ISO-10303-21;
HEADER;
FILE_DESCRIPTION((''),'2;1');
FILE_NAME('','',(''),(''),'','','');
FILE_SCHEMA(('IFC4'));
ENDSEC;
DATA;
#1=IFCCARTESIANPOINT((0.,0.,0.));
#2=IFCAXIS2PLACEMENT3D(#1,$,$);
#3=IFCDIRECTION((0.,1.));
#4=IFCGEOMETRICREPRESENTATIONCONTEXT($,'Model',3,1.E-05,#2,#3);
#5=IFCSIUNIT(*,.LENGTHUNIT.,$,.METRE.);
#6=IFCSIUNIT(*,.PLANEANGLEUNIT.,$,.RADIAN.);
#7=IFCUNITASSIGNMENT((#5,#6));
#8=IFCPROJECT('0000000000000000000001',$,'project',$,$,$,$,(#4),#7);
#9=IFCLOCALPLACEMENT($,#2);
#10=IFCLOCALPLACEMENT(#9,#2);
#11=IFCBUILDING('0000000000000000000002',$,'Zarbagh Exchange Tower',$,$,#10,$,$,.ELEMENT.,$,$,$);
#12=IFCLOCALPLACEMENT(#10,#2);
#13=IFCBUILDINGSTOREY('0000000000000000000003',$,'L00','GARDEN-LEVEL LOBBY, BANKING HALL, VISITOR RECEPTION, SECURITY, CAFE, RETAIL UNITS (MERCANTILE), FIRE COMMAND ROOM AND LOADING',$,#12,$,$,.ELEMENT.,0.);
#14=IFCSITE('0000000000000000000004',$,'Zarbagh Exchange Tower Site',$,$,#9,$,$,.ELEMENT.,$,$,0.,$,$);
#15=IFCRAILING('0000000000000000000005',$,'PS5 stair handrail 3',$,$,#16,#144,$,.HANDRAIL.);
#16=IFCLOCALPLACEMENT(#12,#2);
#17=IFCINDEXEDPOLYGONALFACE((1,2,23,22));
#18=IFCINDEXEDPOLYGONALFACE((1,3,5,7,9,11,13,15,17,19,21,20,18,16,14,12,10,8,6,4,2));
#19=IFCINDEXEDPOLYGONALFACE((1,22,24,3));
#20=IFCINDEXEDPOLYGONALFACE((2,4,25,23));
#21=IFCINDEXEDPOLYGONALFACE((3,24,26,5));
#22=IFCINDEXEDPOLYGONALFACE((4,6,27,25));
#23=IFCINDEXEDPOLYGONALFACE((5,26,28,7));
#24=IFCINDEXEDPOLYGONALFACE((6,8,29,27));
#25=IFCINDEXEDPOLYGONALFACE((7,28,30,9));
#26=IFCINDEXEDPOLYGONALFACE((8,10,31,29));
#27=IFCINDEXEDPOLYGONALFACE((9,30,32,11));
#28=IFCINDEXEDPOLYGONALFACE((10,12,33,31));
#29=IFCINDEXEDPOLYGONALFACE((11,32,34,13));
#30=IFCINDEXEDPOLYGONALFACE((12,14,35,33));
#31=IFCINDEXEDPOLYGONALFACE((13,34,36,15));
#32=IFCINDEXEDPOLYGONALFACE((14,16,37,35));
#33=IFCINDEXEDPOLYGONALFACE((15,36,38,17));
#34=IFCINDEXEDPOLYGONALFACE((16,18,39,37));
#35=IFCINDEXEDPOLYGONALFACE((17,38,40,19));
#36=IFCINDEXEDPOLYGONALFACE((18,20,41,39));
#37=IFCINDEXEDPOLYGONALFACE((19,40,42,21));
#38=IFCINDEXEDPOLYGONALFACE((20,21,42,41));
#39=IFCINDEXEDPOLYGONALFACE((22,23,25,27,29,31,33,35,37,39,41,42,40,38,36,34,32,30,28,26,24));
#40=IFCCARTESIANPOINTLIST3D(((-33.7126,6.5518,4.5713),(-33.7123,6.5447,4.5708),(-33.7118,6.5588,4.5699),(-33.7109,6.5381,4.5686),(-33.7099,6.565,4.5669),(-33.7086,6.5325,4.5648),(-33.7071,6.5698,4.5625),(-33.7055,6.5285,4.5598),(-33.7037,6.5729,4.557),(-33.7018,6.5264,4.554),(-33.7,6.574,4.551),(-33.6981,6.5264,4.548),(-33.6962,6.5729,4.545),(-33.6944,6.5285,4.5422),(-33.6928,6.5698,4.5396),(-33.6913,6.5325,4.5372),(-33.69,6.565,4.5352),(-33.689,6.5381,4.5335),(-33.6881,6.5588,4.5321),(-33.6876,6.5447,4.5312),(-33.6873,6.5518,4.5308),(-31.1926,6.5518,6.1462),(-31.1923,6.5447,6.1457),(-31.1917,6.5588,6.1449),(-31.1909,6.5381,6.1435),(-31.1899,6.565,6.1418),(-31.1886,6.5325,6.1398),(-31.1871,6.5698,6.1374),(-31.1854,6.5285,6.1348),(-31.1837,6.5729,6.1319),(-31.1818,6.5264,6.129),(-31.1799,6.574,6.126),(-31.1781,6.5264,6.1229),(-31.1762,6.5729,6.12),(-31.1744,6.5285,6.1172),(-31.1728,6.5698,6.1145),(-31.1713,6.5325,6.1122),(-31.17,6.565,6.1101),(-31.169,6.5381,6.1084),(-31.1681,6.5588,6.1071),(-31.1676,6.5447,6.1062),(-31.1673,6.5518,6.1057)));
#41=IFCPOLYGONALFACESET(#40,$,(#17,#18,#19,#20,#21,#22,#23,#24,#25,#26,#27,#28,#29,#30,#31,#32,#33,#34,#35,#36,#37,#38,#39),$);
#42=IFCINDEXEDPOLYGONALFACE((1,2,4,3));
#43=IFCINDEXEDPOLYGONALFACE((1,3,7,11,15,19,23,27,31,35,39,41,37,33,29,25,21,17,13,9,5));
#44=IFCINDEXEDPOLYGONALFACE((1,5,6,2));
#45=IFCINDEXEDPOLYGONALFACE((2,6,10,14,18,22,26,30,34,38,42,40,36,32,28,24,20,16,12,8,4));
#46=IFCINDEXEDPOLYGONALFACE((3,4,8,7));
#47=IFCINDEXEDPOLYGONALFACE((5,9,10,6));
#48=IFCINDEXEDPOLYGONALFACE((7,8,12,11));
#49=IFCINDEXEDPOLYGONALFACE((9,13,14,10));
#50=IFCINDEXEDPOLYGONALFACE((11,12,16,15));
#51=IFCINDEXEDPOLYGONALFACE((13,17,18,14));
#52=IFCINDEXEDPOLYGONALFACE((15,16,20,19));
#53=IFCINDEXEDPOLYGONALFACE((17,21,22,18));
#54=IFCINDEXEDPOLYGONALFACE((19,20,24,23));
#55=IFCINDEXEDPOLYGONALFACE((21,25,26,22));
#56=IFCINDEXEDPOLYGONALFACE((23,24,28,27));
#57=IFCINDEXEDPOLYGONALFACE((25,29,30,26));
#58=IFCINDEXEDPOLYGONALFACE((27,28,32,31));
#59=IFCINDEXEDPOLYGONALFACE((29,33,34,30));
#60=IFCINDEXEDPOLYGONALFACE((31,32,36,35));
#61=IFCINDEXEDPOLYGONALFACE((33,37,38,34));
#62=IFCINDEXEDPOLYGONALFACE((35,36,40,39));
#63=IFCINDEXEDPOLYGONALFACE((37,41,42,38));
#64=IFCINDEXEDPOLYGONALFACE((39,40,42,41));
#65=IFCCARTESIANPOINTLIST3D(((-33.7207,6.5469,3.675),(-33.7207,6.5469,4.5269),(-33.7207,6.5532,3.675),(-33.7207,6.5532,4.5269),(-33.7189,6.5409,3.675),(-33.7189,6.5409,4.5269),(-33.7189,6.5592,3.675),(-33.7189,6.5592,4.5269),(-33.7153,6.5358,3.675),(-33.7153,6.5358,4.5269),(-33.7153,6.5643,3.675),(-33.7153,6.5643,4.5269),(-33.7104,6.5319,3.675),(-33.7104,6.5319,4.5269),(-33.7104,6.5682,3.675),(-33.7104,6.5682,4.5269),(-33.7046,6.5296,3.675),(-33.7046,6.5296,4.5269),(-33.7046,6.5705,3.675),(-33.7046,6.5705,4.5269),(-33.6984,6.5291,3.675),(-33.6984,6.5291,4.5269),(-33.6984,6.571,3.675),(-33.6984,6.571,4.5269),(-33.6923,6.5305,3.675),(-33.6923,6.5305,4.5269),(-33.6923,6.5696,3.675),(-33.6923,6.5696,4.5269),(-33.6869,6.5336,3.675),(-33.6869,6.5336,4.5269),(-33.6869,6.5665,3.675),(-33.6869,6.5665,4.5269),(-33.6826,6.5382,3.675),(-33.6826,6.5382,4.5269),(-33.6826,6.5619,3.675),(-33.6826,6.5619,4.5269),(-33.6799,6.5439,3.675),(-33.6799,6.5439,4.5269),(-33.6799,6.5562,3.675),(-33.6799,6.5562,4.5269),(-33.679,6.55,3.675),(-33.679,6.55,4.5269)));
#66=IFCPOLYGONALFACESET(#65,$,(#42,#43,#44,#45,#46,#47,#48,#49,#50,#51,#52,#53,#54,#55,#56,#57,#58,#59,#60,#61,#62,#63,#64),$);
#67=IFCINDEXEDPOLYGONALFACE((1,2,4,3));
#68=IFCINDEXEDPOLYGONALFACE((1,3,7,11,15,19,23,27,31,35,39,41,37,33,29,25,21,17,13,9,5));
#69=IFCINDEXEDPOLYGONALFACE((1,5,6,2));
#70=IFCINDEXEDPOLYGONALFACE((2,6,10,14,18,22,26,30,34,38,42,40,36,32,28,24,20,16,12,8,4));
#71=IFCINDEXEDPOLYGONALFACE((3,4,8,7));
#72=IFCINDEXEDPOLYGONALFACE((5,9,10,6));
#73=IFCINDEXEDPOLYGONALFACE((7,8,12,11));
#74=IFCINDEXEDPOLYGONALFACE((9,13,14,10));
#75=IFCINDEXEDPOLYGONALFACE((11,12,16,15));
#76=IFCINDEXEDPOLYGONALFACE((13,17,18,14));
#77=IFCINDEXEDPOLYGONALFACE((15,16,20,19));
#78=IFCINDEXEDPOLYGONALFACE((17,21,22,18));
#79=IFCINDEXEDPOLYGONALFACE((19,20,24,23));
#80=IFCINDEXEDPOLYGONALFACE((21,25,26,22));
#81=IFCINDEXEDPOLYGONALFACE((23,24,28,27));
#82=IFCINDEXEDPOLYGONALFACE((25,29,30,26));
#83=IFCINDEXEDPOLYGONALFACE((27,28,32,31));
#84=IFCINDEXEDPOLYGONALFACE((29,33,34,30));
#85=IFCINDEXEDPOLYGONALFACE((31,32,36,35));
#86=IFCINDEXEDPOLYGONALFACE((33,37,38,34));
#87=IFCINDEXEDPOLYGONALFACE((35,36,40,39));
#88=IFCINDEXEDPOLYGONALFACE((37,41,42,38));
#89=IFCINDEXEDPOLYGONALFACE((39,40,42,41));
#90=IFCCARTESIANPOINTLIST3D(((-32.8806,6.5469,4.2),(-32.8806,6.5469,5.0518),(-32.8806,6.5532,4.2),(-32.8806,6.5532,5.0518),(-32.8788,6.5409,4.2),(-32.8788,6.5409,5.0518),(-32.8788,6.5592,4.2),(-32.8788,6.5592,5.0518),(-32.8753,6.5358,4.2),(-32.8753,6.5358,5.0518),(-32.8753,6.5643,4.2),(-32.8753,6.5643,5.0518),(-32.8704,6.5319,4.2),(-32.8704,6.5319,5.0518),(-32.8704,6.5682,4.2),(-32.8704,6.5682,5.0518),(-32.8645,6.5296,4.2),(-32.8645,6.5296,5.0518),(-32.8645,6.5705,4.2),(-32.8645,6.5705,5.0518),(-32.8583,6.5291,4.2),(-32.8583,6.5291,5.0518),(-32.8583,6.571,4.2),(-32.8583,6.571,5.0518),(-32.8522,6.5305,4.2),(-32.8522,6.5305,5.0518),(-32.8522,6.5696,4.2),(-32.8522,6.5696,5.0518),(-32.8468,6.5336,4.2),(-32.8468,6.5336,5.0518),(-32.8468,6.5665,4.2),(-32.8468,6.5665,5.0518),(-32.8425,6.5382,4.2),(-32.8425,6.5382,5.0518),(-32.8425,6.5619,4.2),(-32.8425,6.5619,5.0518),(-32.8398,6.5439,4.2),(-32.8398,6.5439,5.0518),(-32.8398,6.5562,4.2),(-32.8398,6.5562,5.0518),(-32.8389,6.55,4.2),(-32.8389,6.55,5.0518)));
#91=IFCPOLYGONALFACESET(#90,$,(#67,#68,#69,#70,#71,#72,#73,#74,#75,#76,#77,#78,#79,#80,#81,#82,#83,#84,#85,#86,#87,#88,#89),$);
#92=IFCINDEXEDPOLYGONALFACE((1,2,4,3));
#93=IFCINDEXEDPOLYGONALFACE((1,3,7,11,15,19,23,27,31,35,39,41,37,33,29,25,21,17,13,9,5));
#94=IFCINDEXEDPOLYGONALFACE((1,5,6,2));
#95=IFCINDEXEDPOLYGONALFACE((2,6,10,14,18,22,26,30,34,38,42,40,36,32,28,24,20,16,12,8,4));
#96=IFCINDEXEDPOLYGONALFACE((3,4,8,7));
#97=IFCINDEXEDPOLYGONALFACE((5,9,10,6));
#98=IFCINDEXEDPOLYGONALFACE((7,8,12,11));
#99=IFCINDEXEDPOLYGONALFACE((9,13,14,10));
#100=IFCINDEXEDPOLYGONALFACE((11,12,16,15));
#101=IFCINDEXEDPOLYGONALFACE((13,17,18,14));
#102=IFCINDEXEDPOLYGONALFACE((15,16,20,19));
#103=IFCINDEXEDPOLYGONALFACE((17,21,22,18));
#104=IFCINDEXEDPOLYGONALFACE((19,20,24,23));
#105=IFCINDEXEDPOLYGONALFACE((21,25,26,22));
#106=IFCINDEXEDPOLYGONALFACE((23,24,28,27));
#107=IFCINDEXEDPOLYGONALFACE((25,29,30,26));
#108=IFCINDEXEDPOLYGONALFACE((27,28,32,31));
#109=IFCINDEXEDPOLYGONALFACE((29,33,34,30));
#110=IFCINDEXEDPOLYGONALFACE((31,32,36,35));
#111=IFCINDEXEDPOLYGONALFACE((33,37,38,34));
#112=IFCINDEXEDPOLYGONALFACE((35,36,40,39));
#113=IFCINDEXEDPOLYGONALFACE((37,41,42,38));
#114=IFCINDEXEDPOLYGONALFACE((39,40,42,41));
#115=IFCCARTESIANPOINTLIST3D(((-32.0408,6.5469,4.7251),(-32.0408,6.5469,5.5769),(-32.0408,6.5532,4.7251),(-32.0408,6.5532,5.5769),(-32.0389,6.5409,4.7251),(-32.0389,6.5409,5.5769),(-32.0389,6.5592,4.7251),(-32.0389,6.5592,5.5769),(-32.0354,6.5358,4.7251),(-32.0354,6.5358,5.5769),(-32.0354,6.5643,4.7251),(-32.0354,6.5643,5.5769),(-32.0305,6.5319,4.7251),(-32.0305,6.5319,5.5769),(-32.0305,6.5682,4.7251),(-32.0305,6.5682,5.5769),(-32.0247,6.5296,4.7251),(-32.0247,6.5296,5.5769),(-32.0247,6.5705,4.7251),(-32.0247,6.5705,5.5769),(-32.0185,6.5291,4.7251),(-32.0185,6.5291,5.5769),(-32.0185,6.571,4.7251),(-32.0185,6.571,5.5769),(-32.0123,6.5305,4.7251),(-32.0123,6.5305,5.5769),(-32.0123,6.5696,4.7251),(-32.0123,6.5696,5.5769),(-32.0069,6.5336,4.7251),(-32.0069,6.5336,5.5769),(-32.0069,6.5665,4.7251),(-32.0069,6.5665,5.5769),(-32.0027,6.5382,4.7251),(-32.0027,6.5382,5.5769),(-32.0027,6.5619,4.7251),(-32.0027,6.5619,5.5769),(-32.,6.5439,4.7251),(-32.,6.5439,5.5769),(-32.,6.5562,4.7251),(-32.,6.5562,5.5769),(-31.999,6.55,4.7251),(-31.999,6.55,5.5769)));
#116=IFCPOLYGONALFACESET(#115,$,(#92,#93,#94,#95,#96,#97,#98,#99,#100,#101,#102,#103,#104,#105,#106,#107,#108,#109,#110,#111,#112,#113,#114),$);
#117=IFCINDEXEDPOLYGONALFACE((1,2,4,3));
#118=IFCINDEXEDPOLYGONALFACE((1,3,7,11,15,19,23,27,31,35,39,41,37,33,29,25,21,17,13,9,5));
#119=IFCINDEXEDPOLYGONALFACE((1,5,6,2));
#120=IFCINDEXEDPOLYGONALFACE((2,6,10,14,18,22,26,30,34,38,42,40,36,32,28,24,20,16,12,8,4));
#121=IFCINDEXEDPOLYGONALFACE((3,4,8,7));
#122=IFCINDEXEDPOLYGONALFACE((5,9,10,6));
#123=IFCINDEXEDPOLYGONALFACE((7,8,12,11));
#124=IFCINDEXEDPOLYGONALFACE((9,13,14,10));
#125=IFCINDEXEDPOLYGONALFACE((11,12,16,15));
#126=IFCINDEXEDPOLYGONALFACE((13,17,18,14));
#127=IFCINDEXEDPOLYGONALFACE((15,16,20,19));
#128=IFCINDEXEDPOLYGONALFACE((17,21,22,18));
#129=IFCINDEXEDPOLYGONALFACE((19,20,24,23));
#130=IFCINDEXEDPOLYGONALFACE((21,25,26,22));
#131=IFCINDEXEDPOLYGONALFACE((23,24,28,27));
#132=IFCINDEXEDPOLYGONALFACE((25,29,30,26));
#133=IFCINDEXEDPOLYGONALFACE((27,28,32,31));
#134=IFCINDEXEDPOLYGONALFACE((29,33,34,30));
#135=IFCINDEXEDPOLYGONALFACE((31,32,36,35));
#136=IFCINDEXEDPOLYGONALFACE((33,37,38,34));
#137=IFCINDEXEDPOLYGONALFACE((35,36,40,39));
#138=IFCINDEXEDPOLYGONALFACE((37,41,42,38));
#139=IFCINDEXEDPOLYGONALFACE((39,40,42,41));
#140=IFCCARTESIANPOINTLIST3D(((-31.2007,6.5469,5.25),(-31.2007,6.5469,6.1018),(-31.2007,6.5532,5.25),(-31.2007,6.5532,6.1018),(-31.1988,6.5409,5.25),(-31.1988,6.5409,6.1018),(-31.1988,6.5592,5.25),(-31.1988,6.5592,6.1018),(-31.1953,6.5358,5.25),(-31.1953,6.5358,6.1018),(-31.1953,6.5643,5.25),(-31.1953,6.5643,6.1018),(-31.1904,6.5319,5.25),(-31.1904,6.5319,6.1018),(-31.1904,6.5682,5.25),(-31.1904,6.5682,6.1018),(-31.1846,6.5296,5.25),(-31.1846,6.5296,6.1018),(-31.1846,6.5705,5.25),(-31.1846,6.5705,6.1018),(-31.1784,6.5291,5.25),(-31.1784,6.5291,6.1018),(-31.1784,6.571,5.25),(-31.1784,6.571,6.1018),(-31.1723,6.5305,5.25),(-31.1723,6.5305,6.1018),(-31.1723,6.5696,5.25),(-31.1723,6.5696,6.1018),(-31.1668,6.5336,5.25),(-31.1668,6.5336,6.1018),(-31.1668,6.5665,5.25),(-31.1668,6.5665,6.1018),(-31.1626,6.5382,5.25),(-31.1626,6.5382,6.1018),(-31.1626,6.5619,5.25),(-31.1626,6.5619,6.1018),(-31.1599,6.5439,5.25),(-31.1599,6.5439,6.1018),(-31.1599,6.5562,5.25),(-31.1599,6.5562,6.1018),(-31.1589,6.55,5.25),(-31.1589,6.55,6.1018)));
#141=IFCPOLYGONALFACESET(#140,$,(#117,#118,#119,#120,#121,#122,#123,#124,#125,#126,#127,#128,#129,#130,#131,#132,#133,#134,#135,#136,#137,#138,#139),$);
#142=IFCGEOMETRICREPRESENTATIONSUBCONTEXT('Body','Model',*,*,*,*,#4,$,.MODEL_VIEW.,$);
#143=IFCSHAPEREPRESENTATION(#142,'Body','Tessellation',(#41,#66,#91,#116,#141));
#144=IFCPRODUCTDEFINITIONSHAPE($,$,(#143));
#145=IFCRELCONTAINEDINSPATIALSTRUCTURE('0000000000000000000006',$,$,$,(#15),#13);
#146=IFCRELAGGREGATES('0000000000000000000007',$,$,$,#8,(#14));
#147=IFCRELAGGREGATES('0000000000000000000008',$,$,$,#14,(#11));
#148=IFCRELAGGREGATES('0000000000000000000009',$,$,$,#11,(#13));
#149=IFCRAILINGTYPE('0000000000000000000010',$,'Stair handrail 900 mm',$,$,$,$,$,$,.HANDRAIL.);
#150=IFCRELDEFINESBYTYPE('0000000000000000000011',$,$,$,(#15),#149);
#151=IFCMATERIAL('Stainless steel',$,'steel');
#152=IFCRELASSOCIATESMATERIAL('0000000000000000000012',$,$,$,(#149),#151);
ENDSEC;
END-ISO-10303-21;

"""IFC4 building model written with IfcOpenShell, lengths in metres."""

from ifc_helpers import new_model, si_unit, direction, frame, origin, origin_2d, place, context, subcontext, project, spatial, circle, extrude, material, type_object, element, save


model = new_model("IFC4")

# Units and contexts
model_context = context("Model", 3, precision=1e-05, world=origin(), true_north=direction((0.0, 1.0)))
body_context = subcontext(model_context, "Body", "Model", "MODEL_VIEW")
ifc_project = project(units=[si_unit("LENGTHUNIT", "METRE"), si_unit("PLANEANGLEUNIT", "RADIAN")], contexts=[model_context])

# Site, building, storey
site_placement = place(None, origin())
site = spatial("IfcSite", under=ifc_project, at=site_placement, Name="Zarbagh Exchange Tower Site", CompositionType="ELEMENT", RefElevation=0.0)
building_placement = place(site_placement, origin())
building = spatial("IfcBuilding", under=site, at=building_placement, Name="Zarbagh Exchange Tower", CompositionType="ELEMENT")
storey_placement = place(building_placement, origin())
storey = spatial("IfcBuildingStorey", under=building, at=storey_placement, Name="L00", Description="GARDEN-LEVEL LOBBY, BANKING HALL, VISITOR RECEPTION, SECURITY, CAFE, RETAIL UNITS (MERCANTILE), FIRE COMMAND ROOM AND LOADING", CompositionType="ELEMENT", Elevation=0.0)

# Railing
ifc_material_1 = material(Name="Stainless steel", Category="steel")
railing_type_1 = type_object("IfcRailingType", Name="Stair handrail 900 mm", PredefinedType="HANDRAIL", material=ifc_material_1)
railing_1_placement = place(storey_placement, frame((-33.7, 6.55, 3.675)))
element("IfcRailing", 1, at=railing_1_placement, inside=storey, type_object=railing_type_1, Name="PS5 stair handrail 3", PredefinedType="HANDRAIL", context=body_context, shape_type="SweptSolid", body=[
    extrude(circle(Radius=0.0239, at=origin_2d()), frame((0.0, 0.0, 0.876), z_axis=(0.848008, 0.0, 0.529984), x_axis=(0.0, 1.0, 0.0)), (0.0, 0.0, 1.0), 2.9717),
    extrude(circle(Radius=0.021, at=origin_2d()), origin(), (0.0, 0.0, 1.0), 0.8518),
    extrude(circle(Radius=0.021, at=origin_2d()), frame((0.8401, 0.0, 0.5249)), (0.0, 0.0, 1.0), 0.8518),
    extrude(circle(Radius=0.021, at=origin_2d()), frame((1.6799, 0.0, 1.05)), (0.0, 0.0, 1.0), 0.8518),
    extrude(circle(Radius=0.021, at=origin_2d()), frame((2.52, 0.0, 1.575)), (0.0, 0.0, 1.0), 0.8518),
])

save(model, "model.ifc")
